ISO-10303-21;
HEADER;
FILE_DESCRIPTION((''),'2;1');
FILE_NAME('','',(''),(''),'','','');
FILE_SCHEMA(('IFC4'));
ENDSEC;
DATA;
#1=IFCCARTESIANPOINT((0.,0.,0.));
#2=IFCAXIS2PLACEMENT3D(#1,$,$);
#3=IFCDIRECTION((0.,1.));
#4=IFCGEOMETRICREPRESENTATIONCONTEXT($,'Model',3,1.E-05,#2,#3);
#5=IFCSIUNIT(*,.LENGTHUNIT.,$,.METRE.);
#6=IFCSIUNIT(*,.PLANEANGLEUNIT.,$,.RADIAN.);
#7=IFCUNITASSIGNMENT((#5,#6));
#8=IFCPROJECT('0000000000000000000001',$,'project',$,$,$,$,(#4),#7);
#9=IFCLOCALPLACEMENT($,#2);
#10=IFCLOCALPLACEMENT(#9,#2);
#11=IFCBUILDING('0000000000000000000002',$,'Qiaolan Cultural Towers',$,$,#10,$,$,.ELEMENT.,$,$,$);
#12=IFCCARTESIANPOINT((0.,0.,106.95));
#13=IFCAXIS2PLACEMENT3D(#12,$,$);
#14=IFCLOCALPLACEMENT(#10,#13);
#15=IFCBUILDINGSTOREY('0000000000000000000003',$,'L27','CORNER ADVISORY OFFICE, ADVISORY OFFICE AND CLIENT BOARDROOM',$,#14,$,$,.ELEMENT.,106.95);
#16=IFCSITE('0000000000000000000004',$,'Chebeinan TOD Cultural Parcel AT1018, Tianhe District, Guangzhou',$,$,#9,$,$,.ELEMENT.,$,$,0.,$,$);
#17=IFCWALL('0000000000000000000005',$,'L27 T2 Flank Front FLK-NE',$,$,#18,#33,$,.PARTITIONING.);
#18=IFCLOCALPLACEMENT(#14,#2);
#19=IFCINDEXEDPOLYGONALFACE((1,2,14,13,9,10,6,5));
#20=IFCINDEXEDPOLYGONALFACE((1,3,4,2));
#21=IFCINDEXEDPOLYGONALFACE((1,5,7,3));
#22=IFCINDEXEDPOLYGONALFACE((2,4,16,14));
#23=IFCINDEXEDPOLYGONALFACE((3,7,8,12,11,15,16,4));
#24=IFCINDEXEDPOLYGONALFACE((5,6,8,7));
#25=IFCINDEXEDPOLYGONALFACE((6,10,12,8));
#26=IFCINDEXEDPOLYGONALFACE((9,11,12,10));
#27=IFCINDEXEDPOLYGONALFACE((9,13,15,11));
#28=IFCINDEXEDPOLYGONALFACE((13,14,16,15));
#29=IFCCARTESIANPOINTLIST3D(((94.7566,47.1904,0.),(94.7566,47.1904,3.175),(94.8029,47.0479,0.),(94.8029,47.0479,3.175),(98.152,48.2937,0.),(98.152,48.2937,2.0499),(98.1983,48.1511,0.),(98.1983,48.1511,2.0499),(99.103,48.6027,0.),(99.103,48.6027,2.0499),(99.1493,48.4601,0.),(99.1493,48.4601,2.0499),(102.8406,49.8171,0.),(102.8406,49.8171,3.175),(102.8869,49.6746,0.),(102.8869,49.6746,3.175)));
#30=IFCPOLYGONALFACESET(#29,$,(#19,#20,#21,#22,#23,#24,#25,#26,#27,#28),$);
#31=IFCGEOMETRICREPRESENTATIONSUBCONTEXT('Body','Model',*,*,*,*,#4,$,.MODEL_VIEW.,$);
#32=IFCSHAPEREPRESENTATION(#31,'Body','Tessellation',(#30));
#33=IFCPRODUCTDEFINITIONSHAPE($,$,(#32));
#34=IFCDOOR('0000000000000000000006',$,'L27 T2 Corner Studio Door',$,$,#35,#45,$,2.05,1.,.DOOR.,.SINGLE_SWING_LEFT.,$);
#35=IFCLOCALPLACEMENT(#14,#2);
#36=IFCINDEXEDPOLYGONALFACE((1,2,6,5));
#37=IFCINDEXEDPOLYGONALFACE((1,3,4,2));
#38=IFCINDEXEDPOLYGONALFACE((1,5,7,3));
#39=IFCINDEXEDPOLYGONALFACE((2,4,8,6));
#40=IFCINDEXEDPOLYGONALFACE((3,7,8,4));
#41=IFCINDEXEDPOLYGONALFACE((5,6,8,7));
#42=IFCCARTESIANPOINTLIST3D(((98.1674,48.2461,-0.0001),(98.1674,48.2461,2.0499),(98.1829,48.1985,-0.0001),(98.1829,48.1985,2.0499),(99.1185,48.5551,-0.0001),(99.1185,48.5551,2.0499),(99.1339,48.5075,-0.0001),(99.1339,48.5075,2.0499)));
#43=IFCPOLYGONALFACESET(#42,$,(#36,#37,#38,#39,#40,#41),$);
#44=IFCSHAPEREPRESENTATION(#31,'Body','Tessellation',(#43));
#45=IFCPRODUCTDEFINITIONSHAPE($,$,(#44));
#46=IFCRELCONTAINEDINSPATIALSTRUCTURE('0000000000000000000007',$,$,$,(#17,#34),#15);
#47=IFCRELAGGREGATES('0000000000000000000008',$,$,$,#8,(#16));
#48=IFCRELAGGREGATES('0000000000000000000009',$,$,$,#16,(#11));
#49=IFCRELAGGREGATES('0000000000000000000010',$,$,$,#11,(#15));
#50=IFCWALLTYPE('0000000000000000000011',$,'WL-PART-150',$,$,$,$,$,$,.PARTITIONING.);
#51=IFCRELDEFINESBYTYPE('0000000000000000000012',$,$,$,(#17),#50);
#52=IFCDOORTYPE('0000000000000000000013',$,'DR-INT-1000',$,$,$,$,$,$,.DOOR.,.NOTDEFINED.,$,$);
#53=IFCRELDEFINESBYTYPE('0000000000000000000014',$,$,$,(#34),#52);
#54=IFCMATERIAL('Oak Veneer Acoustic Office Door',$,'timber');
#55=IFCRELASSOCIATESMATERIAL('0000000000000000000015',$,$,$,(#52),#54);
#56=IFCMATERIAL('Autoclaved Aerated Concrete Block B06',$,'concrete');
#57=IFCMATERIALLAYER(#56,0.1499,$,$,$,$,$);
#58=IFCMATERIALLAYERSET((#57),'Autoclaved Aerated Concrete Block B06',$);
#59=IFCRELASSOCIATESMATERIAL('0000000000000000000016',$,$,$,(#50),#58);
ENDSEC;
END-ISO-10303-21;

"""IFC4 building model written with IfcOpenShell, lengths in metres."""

from ifc_helpers import new_model, si_unit, direction, frame, frame_2d, origin, place, context, subcontext, project, spatial, rectangle, extrude, material, layer, layer_set, type_object, element, fill, save


model = new_model("IFC4")

# Units and contexts
model_context = context("Model", 3, precision=1e-05, world=origin(), true_north=direction((0.0, 1.0)))
body_context = subcontext(model_context, "Body", "Model", "MODEL_VIEW")
ifc_project = project(units=[si_unit("LENGTHUNIT", "METRE"), si_unit("PLANEANGLEUNIT", "RADIAN")], contexts=[model_context])

# Site, building, storey
site_placement = place(None, origin())
site = spatial("IfcSite", under=ifc_project, at=site_placement, Name="Chebeinan TOD Cultural Parcel AT1018, Tianhe District, Guangzhou", CompositionType="ELEMENT", RefElevation=0.0)
building_placement = place(site_placement, origin())
building = spatial("IfcBuilding", under=site, at=building_placement, Name="Qiaolan Cultural Towers", CompositionType="ELEMENT")
storey_placement = place(building_placement, frame((0.0, 0.0, 106.95)))
storey = spatial("IfcBuildingStorey", under=building, at=storey_placement, Name="L27", Description="CORNER ADVISORY OFFICE, ADVISORY OFFICE AND CLIENT BOARDROOM", CompositionType="ELEMENT", Elevation=106.95)

# Shared definitions
ifc_material_1 = material(Name="Oak Veneer Acoustic Office Door", Category="timber")
door_type_1 = type_object("IfcDoorType", Name="DR-INT-1000", OperationType="NOTDEFINED", PredefinedType="DOOR", material=ifc_material_1)

# Wall, opening, door
ifc_material_2 = material(Name="Autoclaved Aerated Concrete Block B06", Category="concrete")
ifc_layer_1 = layer(ifc_material_2, 0.1499)
ifc_layer_set_1 = layer_set([ifc_layer_1], Name="Autoclaved Aerated Concrete Block B06")
wall_type_1 = type_object("IfcWallType", Name="WL-PART-150", PredefinedType="PARTITIONING", material=ifc_layer_set_1)
wall_1_placement = place(storey_placement, frame((94.7798, 47.1191, 0.0), z_axis=(0.0, 0.0, 1.0), x_axis=(0.951054, 0.309024, 0.0)))
wall_1 = element("IfcWall", 1, at=wall_1_placement, inside=storey, type_object=wall_type_1, Name="L27 T2 Flank Front FLK-NE", PredefinedType="PARTITIONING", context=body_context, shape_type="SweptSolid", body=[
    extrude(rectangle(XDim=8.5, YDim=0.1499, at=frame_2d((4.25, 0.0))), origin(), (0.0, 0.0, 1.0), 3.175),
])
opening_1_placement = place(wall_1_placement, frame((3.5701, 0.0, 0.0)))
opening_1 = element("IfcOpeningElement", 2, at=opening_1_placement, cuts=wall_1, PredefinedType="OPENING", context=body_context, shape_type="SweptSolid", body=[
    extrude(rectangle(XDim=1.0, YDim=2.05, at=frame_2d((0.5, 1.0249))), frame((0.0, 0.085, 0.0), z_axis=(0.0, -1.0, 0.0), x_axis=(1.0, 0.0, 0.0)), (0.0, 0.0, 1.0), 0.1699),
])
door_1_placement = place(opening_1_placement, origin())
door_1 = element("IfcDoor", 3, at=door_1_placement, inside=storey, type_object=door_type_1, Name="L27 T2 Corner Studio Door", OperationType="SINGLE_SWING_LEFT", OverallHeight=2.05, OverallWidth=1.0, PredefinedType="DOOR", context=body_context, shape_type="SweptSolid", body=[
    extrude(rectangle(XDim=1.0, YDim=2.05, at=frame_2d((0.5, 1.0249))), frame((0.0, 0.0249, 0.0), z_axis=(0.0, -1.0, 0.0), x_axis=(1.0, 0.0, 0.0)), (0.0, 0.0, 1.0), 0.05),
])
fill(opening_1, door_1)

save(model, "model.ifc")
